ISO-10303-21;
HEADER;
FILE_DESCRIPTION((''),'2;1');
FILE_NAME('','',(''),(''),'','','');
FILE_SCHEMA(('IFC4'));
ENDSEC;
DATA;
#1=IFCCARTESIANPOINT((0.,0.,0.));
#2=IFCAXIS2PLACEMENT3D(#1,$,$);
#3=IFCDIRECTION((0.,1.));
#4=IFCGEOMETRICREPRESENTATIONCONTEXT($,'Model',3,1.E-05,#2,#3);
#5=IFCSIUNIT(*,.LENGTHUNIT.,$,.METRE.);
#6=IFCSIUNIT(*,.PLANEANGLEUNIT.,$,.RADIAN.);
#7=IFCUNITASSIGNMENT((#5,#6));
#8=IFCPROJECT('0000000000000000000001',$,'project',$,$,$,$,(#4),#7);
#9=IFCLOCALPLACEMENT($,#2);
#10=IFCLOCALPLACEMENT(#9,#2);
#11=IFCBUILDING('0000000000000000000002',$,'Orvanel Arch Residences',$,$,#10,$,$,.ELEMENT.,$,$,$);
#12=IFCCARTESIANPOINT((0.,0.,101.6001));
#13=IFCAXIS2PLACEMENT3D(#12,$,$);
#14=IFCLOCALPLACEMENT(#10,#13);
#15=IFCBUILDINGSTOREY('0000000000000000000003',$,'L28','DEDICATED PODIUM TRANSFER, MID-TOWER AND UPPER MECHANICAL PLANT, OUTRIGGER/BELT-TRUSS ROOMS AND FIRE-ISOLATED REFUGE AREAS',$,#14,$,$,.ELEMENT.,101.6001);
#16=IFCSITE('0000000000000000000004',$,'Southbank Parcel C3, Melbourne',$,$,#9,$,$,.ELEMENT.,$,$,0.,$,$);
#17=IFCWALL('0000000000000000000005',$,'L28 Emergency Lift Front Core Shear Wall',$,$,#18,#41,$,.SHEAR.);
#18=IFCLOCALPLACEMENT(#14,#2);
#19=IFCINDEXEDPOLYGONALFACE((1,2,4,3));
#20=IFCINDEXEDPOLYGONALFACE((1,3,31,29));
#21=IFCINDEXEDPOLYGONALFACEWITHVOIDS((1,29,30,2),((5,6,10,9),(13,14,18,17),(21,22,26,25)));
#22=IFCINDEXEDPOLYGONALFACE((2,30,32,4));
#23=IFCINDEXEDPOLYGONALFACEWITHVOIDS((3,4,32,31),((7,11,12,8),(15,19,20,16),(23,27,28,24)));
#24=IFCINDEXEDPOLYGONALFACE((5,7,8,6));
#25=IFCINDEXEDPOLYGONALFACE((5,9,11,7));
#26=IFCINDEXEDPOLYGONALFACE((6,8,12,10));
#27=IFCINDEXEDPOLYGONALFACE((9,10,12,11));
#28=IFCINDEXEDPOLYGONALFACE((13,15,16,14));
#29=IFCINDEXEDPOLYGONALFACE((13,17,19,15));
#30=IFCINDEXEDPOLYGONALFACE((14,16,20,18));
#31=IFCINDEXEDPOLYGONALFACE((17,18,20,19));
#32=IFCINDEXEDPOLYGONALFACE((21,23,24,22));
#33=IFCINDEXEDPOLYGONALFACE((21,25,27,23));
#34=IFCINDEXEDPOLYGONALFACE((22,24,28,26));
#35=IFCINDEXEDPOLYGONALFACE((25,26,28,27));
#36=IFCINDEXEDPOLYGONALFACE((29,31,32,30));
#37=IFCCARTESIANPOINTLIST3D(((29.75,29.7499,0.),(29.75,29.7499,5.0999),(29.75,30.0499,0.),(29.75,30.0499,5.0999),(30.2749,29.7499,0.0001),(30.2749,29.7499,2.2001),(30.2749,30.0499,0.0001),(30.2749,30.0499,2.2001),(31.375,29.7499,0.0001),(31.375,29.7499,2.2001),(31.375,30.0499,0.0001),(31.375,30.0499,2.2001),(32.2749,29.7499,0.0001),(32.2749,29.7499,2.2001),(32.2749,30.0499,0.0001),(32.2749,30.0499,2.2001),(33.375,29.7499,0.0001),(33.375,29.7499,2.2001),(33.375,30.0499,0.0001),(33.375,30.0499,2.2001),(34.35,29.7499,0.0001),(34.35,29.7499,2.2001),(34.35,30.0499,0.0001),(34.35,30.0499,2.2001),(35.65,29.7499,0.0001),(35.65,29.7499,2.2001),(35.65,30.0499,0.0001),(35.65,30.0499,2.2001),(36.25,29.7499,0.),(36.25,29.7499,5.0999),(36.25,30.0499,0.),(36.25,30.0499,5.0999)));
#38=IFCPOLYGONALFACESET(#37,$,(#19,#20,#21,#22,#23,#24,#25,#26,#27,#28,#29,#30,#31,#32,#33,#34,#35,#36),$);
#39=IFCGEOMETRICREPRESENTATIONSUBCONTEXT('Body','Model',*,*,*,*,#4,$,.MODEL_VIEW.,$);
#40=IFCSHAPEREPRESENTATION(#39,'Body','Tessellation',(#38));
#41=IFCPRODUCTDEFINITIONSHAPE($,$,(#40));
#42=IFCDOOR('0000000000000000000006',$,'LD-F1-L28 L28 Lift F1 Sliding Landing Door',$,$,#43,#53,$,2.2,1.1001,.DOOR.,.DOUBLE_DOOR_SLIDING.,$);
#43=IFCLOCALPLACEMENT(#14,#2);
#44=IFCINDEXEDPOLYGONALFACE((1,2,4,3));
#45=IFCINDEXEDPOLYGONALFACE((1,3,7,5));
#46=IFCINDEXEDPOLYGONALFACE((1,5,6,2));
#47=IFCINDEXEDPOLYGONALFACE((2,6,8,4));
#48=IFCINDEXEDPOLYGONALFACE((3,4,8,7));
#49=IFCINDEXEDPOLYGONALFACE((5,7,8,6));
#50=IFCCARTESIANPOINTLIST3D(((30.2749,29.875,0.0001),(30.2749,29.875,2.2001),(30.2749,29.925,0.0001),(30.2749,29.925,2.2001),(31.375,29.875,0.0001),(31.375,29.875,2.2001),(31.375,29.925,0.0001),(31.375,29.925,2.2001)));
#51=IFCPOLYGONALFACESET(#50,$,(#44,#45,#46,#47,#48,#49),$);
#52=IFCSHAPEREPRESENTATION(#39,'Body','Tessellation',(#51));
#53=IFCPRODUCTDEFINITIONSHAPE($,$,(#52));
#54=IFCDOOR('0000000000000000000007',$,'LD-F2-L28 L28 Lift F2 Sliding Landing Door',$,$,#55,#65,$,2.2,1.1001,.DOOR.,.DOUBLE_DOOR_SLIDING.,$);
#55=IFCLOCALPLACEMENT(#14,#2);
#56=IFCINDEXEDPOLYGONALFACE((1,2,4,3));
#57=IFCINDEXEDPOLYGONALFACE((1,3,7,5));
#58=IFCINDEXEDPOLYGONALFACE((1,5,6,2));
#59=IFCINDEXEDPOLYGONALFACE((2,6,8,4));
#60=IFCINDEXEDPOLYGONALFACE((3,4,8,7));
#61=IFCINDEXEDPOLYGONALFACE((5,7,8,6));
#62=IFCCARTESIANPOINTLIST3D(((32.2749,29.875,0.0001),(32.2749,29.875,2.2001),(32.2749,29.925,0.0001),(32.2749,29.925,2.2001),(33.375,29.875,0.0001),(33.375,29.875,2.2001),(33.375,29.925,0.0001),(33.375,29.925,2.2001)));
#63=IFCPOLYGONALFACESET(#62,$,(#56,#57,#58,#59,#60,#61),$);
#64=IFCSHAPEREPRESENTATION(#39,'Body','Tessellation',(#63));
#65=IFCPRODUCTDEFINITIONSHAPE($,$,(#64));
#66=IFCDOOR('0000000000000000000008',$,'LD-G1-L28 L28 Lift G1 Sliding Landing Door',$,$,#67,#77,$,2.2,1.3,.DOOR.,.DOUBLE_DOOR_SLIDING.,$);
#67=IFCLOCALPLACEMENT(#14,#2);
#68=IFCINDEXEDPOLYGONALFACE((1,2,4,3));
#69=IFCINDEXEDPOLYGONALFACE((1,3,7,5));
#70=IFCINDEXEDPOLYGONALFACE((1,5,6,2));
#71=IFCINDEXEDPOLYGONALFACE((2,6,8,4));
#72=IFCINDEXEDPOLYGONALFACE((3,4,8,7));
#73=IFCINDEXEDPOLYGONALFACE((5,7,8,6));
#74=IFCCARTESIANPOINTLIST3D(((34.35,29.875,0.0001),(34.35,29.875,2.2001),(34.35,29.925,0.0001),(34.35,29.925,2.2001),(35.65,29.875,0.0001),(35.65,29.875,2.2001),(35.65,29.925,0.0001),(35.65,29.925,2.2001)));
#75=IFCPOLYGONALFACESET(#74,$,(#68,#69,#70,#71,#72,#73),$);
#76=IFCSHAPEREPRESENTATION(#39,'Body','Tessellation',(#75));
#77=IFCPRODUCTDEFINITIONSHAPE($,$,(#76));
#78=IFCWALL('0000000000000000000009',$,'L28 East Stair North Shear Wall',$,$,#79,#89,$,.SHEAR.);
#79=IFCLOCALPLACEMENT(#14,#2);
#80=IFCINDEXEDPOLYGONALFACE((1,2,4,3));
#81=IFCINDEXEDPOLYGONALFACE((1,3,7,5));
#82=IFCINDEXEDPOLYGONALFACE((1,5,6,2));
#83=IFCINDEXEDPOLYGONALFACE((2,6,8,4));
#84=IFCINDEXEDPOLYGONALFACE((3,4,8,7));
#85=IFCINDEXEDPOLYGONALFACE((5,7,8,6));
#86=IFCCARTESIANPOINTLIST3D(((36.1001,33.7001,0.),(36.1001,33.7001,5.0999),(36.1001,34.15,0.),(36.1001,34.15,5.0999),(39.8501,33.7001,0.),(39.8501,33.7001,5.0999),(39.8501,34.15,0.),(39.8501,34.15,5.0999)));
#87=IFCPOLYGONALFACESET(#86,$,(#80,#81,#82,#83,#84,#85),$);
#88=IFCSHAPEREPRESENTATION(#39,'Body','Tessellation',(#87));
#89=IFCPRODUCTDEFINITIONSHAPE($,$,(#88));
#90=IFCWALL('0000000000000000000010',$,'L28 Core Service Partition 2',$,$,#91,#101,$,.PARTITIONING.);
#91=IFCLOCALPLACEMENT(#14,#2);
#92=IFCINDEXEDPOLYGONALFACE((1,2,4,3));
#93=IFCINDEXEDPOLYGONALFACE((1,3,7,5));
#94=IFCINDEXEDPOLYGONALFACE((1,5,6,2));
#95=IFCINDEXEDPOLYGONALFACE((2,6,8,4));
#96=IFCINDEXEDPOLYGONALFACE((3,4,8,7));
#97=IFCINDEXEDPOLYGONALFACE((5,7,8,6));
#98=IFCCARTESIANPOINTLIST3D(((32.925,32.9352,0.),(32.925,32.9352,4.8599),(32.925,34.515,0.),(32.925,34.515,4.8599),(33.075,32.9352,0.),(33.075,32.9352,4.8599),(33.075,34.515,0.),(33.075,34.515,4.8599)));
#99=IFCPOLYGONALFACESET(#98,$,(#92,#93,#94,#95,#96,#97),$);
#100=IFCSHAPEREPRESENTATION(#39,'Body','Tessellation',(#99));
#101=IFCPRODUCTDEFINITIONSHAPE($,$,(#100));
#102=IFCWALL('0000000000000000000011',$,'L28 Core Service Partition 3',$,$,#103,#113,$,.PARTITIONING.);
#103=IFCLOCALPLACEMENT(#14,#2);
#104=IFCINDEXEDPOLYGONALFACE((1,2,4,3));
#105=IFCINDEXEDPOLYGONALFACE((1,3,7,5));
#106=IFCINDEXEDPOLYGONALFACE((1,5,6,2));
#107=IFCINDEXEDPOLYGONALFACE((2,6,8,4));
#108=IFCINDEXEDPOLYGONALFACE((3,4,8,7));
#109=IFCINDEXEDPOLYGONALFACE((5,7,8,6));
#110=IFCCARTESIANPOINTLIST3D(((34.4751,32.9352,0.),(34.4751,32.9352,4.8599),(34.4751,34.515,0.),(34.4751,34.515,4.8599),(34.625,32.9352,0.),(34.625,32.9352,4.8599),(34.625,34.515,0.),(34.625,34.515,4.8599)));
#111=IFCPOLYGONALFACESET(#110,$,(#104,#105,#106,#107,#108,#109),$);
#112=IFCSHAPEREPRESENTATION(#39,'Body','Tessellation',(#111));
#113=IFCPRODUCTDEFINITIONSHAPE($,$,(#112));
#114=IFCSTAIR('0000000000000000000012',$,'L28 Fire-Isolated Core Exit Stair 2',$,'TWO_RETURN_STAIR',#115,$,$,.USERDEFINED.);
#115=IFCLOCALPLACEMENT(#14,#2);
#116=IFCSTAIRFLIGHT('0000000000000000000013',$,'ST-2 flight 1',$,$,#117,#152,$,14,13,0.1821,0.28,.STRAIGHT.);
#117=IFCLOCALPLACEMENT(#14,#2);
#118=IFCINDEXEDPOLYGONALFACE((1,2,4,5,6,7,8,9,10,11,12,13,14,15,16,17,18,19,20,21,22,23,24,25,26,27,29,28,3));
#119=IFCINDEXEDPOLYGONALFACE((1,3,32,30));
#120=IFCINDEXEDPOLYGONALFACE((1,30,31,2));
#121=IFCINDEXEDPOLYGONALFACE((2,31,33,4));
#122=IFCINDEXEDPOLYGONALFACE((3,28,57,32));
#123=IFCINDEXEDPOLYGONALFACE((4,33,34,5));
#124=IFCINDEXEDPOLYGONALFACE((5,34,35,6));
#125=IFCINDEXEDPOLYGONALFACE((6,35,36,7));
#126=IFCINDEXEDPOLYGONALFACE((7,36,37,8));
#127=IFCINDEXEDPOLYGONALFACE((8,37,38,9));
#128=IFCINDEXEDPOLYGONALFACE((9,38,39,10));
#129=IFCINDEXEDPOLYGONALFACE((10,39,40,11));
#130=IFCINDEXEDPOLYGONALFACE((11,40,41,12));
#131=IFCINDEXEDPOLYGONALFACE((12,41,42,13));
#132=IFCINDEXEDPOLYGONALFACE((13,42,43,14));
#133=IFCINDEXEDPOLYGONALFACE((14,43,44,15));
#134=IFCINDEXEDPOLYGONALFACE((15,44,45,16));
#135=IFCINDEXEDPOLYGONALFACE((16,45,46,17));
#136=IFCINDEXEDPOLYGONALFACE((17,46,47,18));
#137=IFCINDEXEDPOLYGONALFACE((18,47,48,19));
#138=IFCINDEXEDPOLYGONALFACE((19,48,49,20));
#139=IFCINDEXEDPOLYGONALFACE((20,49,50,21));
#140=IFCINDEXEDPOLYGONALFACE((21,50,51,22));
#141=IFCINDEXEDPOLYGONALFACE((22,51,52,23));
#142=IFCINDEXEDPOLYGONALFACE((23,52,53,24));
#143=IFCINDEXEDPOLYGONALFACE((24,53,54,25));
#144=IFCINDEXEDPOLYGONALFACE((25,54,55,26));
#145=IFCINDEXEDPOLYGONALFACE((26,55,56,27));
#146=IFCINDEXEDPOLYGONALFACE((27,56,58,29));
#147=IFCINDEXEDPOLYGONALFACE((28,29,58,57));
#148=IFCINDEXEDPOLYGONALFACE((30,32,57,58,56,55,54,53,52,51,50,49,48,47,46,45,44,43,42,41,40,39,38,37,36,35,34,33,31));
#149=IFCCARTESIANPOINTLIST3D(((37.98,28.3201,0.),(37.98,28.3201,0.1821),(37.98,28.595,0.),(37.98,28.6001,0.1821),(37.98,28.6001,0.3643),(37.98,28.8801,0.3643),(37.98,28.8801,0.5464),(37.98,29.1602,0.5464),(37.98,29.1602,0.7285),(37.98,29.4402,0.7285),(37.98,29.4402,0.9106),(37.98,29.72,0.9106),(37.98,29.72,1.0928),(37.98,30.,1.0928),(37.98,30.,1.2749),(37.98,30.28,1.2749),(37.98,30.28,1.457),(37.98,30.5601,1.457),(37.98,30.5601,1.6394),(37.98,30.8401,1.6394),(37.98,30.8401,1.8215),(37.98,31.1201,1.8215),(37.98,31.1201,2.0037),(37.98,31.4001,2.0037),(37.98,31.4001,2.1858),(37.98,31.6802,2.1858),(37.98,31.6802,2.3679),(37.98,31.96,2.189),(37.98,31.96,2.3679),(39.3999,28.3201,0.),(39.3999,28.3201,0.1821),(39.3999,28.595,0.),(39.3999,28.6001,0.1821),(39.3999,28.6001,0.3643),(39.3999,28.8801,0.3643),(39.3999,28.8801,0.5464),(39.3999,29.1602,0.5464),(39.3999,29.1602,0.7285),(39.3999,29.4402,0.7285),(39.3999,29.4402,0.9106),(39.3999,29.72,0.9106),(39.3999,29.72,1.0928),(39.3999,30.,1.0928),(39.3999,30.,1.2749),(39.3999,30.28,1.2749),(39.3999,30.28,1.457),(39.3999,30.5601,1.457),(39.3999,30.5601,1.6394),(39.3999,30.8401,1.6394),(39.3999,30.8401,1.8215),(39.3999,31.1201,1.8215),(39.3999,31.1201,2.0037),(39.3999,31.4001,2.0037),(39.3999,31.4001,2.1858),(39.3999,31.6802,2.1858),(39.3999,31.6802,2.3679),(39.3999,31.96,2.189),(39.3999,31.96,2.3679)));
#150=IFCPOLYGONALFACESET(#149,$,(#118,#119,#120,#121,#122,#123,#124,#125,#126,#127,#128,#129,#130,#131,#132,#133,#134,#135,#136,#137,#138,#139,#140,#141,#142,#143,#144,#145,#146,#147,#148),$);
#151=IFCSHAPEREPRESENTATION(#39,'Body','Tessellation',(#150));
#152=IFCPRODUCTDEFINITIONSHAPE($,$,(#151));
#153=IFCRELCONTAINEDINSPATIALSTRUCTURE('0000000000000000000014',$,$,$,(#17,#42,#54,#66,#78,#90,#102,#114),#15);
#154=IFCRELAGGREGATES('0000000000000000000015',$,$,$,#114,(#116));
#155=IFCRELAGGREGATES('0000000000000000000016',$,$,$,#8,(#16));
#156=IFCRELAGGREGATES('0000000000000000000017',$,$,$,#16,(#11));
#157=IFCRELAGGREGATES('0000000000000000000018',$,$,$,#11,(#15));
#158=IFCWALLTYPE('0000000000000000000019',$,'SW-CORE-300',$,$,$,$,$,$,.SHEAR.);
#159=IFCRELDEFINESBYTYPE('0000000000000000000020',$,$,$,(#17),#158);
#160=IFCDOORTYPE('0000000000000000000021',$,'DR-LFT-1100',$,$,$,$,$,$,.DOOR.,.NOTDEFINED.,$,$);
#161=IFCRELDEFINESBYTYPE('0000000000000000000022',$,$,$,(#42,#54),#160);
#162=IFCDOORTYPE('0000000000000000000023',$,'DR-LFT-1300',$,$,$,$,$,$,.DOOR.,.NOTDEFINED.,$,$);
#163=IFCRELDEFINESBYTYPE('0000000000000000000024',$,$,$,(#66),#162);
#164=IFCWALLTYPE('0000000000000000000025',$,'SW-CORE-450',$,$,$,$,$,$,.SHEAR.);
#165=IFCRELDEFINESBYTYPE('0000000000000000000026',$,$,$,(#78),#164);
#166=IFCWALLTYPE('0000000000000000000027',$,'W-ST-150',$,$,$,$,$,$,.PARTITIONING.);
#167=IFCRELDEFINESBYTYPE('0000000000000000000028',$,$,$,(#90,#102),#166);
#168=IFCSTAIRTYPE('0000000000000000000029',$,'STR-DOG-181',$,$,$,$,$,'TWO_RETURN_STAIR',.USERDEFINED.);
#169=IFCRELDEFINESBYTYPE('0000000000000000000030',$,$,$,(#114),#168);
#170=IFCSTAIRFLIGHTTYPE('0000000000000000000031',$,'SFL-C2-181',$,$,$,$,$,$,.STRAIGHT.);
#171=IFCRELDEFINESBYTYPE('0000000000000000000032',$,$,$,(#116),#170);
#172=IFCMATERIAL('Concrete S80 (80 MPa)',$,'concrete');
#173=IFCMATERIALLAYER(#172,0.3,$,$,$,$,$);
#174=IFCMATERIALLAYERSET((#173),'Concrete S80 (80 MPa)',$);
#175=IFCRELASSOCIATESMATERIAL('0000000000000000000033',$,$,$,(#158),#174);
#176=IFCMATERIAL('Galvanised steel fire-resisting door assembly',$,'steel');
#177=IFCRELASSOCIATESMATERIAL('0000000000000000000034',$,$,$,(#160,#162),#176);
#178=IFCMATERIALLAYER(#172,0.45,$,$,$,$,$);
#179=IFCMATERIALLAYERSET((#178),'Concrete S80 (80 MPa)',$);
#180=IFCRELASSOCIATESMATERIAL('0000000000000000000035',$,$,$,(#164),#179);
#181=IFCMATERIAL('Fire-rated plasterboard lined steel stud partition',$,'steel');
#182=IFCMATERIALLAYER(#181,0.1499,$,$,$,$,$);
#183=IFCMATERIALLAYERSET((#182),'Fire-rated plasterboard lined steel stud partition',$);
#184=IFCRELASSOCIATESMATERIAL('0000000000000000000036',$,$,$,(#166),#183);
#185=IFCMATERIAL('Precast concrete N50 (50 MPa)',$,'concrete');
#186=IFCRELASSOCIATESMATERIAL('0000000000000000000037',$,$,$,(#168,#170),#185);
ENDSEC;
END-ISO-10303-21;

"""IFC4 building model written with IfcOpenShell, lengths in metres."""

from ifc_helpers import new_model, si_unit, direction, frame, frame_2d, origin, place, context, subcontext, project, spatial, polyline, rectangle, outline, extrude, material, layer, layer_set, type_object, element, fill, aggregate, save


model = new_model("IFC4")

# Units and contexts
model_context = context("Model", 3, precision=1e-05, world=origin(), true_north=direction((0.0, 1.0)))
body_context = subcontext(model_context, "Body", "Model", "MODEL_VIEW")
ifc_project = project(units=[si_unit("LENGTHUNIT", "METRE"), si_unit("PLANEANGLEUNIT", "RADIAN")], contexts=[model_context])

# Site, building, storey
site_placement = place(None, origin())
site = spatial("IfcSite", under=ifc_project, at=site_placement, Name="Southbank Parcel C3, Melbourne", CompositionType="ELEMENT", RefElevation=0.0)
building_placement = place(site_placement, origin())
building = spatial("IfcBuilding", under=site, at=building_placement, Name="Orvanel Arch Residences", CompositionType="ELEMENT")
storey_placement = place(building_placement, frame((0.0, 0.0, 101.6001)))
storey = spatial("IfcBuildingStorey", under=building, at=storey_placement, Name="L28", Description="DEDICATED PODIUM TRANSFER, MID-TOWER AND UPPER MECHANICAL PLANT, OUTRIGGER/BELT-TRUSS ROOMS AND FIRE-ISOLATED REFUGE AREAS", CompositionType="ELEMENT", Elevation=101.6001)

# Wall, openings, doors
ifc_material_1 = material(Name="Concrete S80 (80 MPa)", Category="concrete")
ifc_layer_1 = layer(ifc_material_1, 0.3)
ifc_layer_set_1 = layer_set([ifc_layer_1], Name="Concrete S80 (80 MPa)")
wall_type_1 = type_object("IfcWallType", Name="SW-CORE-300", PredefinedType="SHEAR", material=ifc_layer_set_1)
wall_1_placement = place(storey_placement, frame((36.25, 29.8999, 0.0), z_axis=(0.0, 0.0, 1.0), x_axis=(-1.0, 0.0, 0.0)))
wall_1 = element("IfcWall", 1, at=wall_1_placement, inside=storey, type_object=wall_type_1, Name="L28 Emergency Lift Front Core Shear Wall", PredefinedType="SHEAR", context=body_context, shape_type="SweptSolid", body=[
    extrude(rectangle(XDim=6.5, YDim=0.3, at=frame_2d((3.25, 0.0))), origin(), (0.0, 0.0, 1.0), 5.0999),
])
opening_1_placement = place(wall_1_placement, frame((4.875, 0.0, 0.0)))
opening_1 = element("IfcOpeningElement", 2, at=opening_1_placement, cuts=wall_1, PredefinedType="OPENING", context=body_context, shape_type="SweptSolid", body=[
    extrude(rectangle(XDim=1.1001, YDim=2.2, at=frame_2d((0.55, 1.1001))), frame((0.0, 0.1599, 0.0), z_axis=(0.0, -1.0, 0.0), x_axis=(1.0, 0.0, 0.0)), (0.0, 0.0, 1.0), 0.3201),
])
opening_2_placement = place(wall_1_placement, frame((2.875, 0.0, 0.0)))
opening_2 = element("IfcOpeningElement", 3, at=opening_2_placement, cuts=wall_1, PredefinedType="OPENING", context=body_context, shape_type="SweptSolid", body=[
    extrude(rectangle(XDim=1.1001, YDim=2.2, at=frame_2d((0.55, 1.1001))), frame((0.0, 0.1599, 0.0), z_axis=(0.0, -1.0, 0.0), x_axis=(1.0, 0.0, 0.0)), (0.0, 0.0, 1.0), 0.3201),
])
opening_3_placement = place(wall_1_placement, frame((0.6001, 0.0, 0.0)))
opening_3 = element("IfcOpeningElement", 4, at=opening_3_placement, cuts=wall_1, PredefinedType="OPENING", context=body_context, shape_type="SweptSolid", body=[
    extrude(rectangle(XDim=1.3, YDim=2.2, at=frame_2d((0.6499, 1.1001))), frame((0.0, 0.1599, 0.0), z_axis=(0.0, -1.0, 0.0), x_axis=(1.0, 0.0, 0.0)), (0.0, 0.0, 1.0), 0.3201),
])
ifc_material_2 = material(Name="Galvanised steel fire-resisting door assembly", Category="steel")
door_type_1 = type_object("IfcDoorType", Name="DR-LFT-1100", OperationType="NOTDEFINED", PredefinedType="DOOR", material=ifc_material_2)
door_1_placement = place(opening_1_placement, origin())
door_1 = element("IfcDoor", 5, at=door_1_placement, inside=storey, type_object=door_type_1, Name="LD-F1-L28 L28 Lift F1 Sliding Landing Door", OperationType="DOUBLE_DOOR_SLIDING", OverallHeight=2.2, OverallWidth=1.1001, PredefinedType="DOOR", context=body_context, shape_type="SweptSolid", body=[
    extrude(rectangle(XDim=1.1001, YDim=2.2, at=frame_2d((0.55, 1.1001))), frame((0.0, 0.0249, 0.0), z_axis=(0.0, -1.0, 0.0), x_axis=(1.0, 0.0, 0.0)), (0.0, 0.0, 1.0), 0.05),
])
fill(opening_1, door_1)
door_2_placement = place(opening_2_placement, origin())
door_2 = element("IfcDoor", 6, at=door_2_placement, inside=storey, type_object=door_type_1, Name="LD-F2-L28 L28 Lift F2 Sliding Landing Door", OperationType="DOUBLE_DOOR_SLIDING", OverallHeight=2.2, OverallWidth=1.1001, PredefinedType="DOOR", context=body_context, shape_type="SweptSolid", body=[
    extrude(rectangle(XDim=1.1001, YDim=2.2, at=frame_2d((0.55, 1.1001))), frame((0.0, 0.0249, 0.0), z_axis=(0.0, -1.0, 0.0), x_axis=(1.0, 0.0, 0.0)), (0.0, 0.0, 1.0), 0.05),
])
fill(opening_2, door_2)
door_type_2 = type_object("IfcDoorType", Name="DR-LFT-1300", OperationType="NOTDEFINED", PredefinedType="DOOR", material=ifc_material_2)
door_3_placement = place(opening_3_placement, origin())
door_3 = element("IfcDoor", 7, at=door_3_placement, inside=storey, type_object=door_type_2, Name="LD-G1-L28 L28 Lift G1 Sliding Landing Door", OperationType="DOUBLE_DOOR_SLIDING", OverallHeight=2.2, OverallWidth=1.3, PredefinedType="DOOR", context=body_context, shape_type="SweptSolid", body=[
    extrude(rectangle(XDim=1.3, YDim=2.2, at=frame_2d((0.6499, 1.1001))), frame((0.0, 0.0249, 0.0), z_axis=(0.0, -1.0, 0.0), x_axis=(1.0, 0.0, 0.0)), (0.0, 0.0, 1.0), 0.05),
])
fill(opening_3, door_3)

# Walls
ifc_layer_2 = layer(ifc_material_1, 0.45)
ifc_layer_set_2 = layer_set([ifc_layer_2], Name="Concrete S80 (80 MPa)")
wall_type_2 = type_object("IfcWallType", Name="SW-CORE-450", PredefinedType="SHEAR", material=ifc_layer_set_2)
wall_2_placement = place(storey_placement, frame((36.1001, 33.925, 0.0), z_axis=(0.0, 0.0, 1.0), x_axis=(1.0, 0.0, 0.0)))
element("IfcWall", 8, at=wall_2_placement, inside=storey, type_object=wall_type_2, Name="L28 East Stair North Shear Wall", PredefinedType="SHEAR", context=body_context, shape_type="SweptSolid", body=[
    extrude(rectangle(XDim=3.75, YDim=0.45, at=frame_2d((1.875, 0.0))), origin(), (0.0, 0.0, 1.0), 5.0999),
])
ifc_material_3 = material(Name="Fire-rated plasterboard lined steel stud partition", Category="steel")
ifc_layer_3 = layer(ifc_material_3, 0.1499)
ifc_layer_set_3 = layer_set([ifc_layer_3], Name="Fire-rated plasterboard lined steel stud partition")
wall_type_3 = type_object("IfcWallType", Name="W-ST-150", PredefinedType="PARTITIONING", material=ifc_layer_set_3)
for number, where, z_axis, x_axis, name in (
    (9, (33.0, 32.9351, 0.0), (0.0, 0.0, 1.0), (0.0, 1.0, 0.0), "L28 Core Service Partition 2"),
    (10, (34.55, 32.9351, 0.0), (0.0, 0.0, 1.0), (0.0, 1.0, 0.0), "L28 Core Service Partition 3"),
):
    element("IfcWall", number, at=place(storey_placement, frame(where, z_axis=z_axis, x_axis=x_axis)), inside=storey, type_object=wall_type_3, Name=name, PredefinedType="PARTITIONING", context=body_context, shape_type="SweptSolid", body=[
        extrude(rectangle(XDim=1.5798, YDim=0.1499, at=frame_2d((0.79, 0.0))), origin(), (0.0, 0.0, 1.0), 4.8599),
    ])

# Stair, stair flight
ifc_material_4 = material(Name="Precast concrete N50 (50 MPa)", Category="concrete")
stair_type = type_object("IfcStairType", Name="STR-DOG-181", ElementType="TWO_RETURN_STAIR", PredefinedType="USERDEFINED", material=ifc_material_4)
stair_placement = place(storey_placement, origin())
stair = element("IfcStair", 11, at=stair_placement, inside=storey, type_object=stair_type, Name="L28 Fire-Isolated Core Exit Stair 2", ObjectType="TWO_RETURN_STAIR", PredefinedType="USERDEFINED")
stair_flight_type = type_object("IfcStairFlightType", Name="SFL-C2-181", PredefinedType="STRAIGHT", material=ifc_material_4)
stair_flight_1_placement = place(storey_placement, frame((38.6899, 28.3201, 0.0), z_axis=(0.0, 0.0, 1.0), x_axis=(0.0, 1.0, 0.0)))
stair_flight_1 = element("IfcStairFlight", 12, at=stair_flight_1_placement, type_object=stair_flight_type, Name="ST-2 flight 1", NumberOfRisers=14, NumberOfTreads=13, PredefinedType="STRAIGHT", RiserHeight=0.1821, TreadLength=0.28, context=body_context, shape_type="SweptSolid", body=[
    extrude(outline(polyline([(0.0, 0.0), (0.0, 0.1821), (0.28, 0.1821), (0.28, 0.3643), (0.5601, 0.3643), (0.5601, 0.5464), (0.8401, 0.5464), (0.8401, 0.7285), (1.1201, 0.7285), (1.1201, 0.9106), (1.3999, 0.9106), (1.3999, 1.0928), (1.6799, 1.0928), (1.6799, 1.2749), (1.96, 1.2749), (1.96, 1.457), (2.24, 1.457), (2.24, 1.6394), (2.52, 1.6394), (2.52, 1.8215), (2.8, 1.8215), (2.8, 2.0037), (3.0801, 2.0037), (3.0801, 2.1858), (3.3601, 2.1858), (3.3601, 2.3679), (3.6399, 2.3679), (3.6399, 2.55), (3.6399, 2.189), (0.2749, 0.0), (0.0, 0.0)])), frame((0.0, 0.71, 0.0), z_axis=(0.0, -1.0, 0.0), x_axis=(1.0, 0.0, 0.0)), (0.0, 0.0, 1.0), 1.4199),
])
aggregate(stair, [stair_flight_1])

save(model, "model.ifc")
